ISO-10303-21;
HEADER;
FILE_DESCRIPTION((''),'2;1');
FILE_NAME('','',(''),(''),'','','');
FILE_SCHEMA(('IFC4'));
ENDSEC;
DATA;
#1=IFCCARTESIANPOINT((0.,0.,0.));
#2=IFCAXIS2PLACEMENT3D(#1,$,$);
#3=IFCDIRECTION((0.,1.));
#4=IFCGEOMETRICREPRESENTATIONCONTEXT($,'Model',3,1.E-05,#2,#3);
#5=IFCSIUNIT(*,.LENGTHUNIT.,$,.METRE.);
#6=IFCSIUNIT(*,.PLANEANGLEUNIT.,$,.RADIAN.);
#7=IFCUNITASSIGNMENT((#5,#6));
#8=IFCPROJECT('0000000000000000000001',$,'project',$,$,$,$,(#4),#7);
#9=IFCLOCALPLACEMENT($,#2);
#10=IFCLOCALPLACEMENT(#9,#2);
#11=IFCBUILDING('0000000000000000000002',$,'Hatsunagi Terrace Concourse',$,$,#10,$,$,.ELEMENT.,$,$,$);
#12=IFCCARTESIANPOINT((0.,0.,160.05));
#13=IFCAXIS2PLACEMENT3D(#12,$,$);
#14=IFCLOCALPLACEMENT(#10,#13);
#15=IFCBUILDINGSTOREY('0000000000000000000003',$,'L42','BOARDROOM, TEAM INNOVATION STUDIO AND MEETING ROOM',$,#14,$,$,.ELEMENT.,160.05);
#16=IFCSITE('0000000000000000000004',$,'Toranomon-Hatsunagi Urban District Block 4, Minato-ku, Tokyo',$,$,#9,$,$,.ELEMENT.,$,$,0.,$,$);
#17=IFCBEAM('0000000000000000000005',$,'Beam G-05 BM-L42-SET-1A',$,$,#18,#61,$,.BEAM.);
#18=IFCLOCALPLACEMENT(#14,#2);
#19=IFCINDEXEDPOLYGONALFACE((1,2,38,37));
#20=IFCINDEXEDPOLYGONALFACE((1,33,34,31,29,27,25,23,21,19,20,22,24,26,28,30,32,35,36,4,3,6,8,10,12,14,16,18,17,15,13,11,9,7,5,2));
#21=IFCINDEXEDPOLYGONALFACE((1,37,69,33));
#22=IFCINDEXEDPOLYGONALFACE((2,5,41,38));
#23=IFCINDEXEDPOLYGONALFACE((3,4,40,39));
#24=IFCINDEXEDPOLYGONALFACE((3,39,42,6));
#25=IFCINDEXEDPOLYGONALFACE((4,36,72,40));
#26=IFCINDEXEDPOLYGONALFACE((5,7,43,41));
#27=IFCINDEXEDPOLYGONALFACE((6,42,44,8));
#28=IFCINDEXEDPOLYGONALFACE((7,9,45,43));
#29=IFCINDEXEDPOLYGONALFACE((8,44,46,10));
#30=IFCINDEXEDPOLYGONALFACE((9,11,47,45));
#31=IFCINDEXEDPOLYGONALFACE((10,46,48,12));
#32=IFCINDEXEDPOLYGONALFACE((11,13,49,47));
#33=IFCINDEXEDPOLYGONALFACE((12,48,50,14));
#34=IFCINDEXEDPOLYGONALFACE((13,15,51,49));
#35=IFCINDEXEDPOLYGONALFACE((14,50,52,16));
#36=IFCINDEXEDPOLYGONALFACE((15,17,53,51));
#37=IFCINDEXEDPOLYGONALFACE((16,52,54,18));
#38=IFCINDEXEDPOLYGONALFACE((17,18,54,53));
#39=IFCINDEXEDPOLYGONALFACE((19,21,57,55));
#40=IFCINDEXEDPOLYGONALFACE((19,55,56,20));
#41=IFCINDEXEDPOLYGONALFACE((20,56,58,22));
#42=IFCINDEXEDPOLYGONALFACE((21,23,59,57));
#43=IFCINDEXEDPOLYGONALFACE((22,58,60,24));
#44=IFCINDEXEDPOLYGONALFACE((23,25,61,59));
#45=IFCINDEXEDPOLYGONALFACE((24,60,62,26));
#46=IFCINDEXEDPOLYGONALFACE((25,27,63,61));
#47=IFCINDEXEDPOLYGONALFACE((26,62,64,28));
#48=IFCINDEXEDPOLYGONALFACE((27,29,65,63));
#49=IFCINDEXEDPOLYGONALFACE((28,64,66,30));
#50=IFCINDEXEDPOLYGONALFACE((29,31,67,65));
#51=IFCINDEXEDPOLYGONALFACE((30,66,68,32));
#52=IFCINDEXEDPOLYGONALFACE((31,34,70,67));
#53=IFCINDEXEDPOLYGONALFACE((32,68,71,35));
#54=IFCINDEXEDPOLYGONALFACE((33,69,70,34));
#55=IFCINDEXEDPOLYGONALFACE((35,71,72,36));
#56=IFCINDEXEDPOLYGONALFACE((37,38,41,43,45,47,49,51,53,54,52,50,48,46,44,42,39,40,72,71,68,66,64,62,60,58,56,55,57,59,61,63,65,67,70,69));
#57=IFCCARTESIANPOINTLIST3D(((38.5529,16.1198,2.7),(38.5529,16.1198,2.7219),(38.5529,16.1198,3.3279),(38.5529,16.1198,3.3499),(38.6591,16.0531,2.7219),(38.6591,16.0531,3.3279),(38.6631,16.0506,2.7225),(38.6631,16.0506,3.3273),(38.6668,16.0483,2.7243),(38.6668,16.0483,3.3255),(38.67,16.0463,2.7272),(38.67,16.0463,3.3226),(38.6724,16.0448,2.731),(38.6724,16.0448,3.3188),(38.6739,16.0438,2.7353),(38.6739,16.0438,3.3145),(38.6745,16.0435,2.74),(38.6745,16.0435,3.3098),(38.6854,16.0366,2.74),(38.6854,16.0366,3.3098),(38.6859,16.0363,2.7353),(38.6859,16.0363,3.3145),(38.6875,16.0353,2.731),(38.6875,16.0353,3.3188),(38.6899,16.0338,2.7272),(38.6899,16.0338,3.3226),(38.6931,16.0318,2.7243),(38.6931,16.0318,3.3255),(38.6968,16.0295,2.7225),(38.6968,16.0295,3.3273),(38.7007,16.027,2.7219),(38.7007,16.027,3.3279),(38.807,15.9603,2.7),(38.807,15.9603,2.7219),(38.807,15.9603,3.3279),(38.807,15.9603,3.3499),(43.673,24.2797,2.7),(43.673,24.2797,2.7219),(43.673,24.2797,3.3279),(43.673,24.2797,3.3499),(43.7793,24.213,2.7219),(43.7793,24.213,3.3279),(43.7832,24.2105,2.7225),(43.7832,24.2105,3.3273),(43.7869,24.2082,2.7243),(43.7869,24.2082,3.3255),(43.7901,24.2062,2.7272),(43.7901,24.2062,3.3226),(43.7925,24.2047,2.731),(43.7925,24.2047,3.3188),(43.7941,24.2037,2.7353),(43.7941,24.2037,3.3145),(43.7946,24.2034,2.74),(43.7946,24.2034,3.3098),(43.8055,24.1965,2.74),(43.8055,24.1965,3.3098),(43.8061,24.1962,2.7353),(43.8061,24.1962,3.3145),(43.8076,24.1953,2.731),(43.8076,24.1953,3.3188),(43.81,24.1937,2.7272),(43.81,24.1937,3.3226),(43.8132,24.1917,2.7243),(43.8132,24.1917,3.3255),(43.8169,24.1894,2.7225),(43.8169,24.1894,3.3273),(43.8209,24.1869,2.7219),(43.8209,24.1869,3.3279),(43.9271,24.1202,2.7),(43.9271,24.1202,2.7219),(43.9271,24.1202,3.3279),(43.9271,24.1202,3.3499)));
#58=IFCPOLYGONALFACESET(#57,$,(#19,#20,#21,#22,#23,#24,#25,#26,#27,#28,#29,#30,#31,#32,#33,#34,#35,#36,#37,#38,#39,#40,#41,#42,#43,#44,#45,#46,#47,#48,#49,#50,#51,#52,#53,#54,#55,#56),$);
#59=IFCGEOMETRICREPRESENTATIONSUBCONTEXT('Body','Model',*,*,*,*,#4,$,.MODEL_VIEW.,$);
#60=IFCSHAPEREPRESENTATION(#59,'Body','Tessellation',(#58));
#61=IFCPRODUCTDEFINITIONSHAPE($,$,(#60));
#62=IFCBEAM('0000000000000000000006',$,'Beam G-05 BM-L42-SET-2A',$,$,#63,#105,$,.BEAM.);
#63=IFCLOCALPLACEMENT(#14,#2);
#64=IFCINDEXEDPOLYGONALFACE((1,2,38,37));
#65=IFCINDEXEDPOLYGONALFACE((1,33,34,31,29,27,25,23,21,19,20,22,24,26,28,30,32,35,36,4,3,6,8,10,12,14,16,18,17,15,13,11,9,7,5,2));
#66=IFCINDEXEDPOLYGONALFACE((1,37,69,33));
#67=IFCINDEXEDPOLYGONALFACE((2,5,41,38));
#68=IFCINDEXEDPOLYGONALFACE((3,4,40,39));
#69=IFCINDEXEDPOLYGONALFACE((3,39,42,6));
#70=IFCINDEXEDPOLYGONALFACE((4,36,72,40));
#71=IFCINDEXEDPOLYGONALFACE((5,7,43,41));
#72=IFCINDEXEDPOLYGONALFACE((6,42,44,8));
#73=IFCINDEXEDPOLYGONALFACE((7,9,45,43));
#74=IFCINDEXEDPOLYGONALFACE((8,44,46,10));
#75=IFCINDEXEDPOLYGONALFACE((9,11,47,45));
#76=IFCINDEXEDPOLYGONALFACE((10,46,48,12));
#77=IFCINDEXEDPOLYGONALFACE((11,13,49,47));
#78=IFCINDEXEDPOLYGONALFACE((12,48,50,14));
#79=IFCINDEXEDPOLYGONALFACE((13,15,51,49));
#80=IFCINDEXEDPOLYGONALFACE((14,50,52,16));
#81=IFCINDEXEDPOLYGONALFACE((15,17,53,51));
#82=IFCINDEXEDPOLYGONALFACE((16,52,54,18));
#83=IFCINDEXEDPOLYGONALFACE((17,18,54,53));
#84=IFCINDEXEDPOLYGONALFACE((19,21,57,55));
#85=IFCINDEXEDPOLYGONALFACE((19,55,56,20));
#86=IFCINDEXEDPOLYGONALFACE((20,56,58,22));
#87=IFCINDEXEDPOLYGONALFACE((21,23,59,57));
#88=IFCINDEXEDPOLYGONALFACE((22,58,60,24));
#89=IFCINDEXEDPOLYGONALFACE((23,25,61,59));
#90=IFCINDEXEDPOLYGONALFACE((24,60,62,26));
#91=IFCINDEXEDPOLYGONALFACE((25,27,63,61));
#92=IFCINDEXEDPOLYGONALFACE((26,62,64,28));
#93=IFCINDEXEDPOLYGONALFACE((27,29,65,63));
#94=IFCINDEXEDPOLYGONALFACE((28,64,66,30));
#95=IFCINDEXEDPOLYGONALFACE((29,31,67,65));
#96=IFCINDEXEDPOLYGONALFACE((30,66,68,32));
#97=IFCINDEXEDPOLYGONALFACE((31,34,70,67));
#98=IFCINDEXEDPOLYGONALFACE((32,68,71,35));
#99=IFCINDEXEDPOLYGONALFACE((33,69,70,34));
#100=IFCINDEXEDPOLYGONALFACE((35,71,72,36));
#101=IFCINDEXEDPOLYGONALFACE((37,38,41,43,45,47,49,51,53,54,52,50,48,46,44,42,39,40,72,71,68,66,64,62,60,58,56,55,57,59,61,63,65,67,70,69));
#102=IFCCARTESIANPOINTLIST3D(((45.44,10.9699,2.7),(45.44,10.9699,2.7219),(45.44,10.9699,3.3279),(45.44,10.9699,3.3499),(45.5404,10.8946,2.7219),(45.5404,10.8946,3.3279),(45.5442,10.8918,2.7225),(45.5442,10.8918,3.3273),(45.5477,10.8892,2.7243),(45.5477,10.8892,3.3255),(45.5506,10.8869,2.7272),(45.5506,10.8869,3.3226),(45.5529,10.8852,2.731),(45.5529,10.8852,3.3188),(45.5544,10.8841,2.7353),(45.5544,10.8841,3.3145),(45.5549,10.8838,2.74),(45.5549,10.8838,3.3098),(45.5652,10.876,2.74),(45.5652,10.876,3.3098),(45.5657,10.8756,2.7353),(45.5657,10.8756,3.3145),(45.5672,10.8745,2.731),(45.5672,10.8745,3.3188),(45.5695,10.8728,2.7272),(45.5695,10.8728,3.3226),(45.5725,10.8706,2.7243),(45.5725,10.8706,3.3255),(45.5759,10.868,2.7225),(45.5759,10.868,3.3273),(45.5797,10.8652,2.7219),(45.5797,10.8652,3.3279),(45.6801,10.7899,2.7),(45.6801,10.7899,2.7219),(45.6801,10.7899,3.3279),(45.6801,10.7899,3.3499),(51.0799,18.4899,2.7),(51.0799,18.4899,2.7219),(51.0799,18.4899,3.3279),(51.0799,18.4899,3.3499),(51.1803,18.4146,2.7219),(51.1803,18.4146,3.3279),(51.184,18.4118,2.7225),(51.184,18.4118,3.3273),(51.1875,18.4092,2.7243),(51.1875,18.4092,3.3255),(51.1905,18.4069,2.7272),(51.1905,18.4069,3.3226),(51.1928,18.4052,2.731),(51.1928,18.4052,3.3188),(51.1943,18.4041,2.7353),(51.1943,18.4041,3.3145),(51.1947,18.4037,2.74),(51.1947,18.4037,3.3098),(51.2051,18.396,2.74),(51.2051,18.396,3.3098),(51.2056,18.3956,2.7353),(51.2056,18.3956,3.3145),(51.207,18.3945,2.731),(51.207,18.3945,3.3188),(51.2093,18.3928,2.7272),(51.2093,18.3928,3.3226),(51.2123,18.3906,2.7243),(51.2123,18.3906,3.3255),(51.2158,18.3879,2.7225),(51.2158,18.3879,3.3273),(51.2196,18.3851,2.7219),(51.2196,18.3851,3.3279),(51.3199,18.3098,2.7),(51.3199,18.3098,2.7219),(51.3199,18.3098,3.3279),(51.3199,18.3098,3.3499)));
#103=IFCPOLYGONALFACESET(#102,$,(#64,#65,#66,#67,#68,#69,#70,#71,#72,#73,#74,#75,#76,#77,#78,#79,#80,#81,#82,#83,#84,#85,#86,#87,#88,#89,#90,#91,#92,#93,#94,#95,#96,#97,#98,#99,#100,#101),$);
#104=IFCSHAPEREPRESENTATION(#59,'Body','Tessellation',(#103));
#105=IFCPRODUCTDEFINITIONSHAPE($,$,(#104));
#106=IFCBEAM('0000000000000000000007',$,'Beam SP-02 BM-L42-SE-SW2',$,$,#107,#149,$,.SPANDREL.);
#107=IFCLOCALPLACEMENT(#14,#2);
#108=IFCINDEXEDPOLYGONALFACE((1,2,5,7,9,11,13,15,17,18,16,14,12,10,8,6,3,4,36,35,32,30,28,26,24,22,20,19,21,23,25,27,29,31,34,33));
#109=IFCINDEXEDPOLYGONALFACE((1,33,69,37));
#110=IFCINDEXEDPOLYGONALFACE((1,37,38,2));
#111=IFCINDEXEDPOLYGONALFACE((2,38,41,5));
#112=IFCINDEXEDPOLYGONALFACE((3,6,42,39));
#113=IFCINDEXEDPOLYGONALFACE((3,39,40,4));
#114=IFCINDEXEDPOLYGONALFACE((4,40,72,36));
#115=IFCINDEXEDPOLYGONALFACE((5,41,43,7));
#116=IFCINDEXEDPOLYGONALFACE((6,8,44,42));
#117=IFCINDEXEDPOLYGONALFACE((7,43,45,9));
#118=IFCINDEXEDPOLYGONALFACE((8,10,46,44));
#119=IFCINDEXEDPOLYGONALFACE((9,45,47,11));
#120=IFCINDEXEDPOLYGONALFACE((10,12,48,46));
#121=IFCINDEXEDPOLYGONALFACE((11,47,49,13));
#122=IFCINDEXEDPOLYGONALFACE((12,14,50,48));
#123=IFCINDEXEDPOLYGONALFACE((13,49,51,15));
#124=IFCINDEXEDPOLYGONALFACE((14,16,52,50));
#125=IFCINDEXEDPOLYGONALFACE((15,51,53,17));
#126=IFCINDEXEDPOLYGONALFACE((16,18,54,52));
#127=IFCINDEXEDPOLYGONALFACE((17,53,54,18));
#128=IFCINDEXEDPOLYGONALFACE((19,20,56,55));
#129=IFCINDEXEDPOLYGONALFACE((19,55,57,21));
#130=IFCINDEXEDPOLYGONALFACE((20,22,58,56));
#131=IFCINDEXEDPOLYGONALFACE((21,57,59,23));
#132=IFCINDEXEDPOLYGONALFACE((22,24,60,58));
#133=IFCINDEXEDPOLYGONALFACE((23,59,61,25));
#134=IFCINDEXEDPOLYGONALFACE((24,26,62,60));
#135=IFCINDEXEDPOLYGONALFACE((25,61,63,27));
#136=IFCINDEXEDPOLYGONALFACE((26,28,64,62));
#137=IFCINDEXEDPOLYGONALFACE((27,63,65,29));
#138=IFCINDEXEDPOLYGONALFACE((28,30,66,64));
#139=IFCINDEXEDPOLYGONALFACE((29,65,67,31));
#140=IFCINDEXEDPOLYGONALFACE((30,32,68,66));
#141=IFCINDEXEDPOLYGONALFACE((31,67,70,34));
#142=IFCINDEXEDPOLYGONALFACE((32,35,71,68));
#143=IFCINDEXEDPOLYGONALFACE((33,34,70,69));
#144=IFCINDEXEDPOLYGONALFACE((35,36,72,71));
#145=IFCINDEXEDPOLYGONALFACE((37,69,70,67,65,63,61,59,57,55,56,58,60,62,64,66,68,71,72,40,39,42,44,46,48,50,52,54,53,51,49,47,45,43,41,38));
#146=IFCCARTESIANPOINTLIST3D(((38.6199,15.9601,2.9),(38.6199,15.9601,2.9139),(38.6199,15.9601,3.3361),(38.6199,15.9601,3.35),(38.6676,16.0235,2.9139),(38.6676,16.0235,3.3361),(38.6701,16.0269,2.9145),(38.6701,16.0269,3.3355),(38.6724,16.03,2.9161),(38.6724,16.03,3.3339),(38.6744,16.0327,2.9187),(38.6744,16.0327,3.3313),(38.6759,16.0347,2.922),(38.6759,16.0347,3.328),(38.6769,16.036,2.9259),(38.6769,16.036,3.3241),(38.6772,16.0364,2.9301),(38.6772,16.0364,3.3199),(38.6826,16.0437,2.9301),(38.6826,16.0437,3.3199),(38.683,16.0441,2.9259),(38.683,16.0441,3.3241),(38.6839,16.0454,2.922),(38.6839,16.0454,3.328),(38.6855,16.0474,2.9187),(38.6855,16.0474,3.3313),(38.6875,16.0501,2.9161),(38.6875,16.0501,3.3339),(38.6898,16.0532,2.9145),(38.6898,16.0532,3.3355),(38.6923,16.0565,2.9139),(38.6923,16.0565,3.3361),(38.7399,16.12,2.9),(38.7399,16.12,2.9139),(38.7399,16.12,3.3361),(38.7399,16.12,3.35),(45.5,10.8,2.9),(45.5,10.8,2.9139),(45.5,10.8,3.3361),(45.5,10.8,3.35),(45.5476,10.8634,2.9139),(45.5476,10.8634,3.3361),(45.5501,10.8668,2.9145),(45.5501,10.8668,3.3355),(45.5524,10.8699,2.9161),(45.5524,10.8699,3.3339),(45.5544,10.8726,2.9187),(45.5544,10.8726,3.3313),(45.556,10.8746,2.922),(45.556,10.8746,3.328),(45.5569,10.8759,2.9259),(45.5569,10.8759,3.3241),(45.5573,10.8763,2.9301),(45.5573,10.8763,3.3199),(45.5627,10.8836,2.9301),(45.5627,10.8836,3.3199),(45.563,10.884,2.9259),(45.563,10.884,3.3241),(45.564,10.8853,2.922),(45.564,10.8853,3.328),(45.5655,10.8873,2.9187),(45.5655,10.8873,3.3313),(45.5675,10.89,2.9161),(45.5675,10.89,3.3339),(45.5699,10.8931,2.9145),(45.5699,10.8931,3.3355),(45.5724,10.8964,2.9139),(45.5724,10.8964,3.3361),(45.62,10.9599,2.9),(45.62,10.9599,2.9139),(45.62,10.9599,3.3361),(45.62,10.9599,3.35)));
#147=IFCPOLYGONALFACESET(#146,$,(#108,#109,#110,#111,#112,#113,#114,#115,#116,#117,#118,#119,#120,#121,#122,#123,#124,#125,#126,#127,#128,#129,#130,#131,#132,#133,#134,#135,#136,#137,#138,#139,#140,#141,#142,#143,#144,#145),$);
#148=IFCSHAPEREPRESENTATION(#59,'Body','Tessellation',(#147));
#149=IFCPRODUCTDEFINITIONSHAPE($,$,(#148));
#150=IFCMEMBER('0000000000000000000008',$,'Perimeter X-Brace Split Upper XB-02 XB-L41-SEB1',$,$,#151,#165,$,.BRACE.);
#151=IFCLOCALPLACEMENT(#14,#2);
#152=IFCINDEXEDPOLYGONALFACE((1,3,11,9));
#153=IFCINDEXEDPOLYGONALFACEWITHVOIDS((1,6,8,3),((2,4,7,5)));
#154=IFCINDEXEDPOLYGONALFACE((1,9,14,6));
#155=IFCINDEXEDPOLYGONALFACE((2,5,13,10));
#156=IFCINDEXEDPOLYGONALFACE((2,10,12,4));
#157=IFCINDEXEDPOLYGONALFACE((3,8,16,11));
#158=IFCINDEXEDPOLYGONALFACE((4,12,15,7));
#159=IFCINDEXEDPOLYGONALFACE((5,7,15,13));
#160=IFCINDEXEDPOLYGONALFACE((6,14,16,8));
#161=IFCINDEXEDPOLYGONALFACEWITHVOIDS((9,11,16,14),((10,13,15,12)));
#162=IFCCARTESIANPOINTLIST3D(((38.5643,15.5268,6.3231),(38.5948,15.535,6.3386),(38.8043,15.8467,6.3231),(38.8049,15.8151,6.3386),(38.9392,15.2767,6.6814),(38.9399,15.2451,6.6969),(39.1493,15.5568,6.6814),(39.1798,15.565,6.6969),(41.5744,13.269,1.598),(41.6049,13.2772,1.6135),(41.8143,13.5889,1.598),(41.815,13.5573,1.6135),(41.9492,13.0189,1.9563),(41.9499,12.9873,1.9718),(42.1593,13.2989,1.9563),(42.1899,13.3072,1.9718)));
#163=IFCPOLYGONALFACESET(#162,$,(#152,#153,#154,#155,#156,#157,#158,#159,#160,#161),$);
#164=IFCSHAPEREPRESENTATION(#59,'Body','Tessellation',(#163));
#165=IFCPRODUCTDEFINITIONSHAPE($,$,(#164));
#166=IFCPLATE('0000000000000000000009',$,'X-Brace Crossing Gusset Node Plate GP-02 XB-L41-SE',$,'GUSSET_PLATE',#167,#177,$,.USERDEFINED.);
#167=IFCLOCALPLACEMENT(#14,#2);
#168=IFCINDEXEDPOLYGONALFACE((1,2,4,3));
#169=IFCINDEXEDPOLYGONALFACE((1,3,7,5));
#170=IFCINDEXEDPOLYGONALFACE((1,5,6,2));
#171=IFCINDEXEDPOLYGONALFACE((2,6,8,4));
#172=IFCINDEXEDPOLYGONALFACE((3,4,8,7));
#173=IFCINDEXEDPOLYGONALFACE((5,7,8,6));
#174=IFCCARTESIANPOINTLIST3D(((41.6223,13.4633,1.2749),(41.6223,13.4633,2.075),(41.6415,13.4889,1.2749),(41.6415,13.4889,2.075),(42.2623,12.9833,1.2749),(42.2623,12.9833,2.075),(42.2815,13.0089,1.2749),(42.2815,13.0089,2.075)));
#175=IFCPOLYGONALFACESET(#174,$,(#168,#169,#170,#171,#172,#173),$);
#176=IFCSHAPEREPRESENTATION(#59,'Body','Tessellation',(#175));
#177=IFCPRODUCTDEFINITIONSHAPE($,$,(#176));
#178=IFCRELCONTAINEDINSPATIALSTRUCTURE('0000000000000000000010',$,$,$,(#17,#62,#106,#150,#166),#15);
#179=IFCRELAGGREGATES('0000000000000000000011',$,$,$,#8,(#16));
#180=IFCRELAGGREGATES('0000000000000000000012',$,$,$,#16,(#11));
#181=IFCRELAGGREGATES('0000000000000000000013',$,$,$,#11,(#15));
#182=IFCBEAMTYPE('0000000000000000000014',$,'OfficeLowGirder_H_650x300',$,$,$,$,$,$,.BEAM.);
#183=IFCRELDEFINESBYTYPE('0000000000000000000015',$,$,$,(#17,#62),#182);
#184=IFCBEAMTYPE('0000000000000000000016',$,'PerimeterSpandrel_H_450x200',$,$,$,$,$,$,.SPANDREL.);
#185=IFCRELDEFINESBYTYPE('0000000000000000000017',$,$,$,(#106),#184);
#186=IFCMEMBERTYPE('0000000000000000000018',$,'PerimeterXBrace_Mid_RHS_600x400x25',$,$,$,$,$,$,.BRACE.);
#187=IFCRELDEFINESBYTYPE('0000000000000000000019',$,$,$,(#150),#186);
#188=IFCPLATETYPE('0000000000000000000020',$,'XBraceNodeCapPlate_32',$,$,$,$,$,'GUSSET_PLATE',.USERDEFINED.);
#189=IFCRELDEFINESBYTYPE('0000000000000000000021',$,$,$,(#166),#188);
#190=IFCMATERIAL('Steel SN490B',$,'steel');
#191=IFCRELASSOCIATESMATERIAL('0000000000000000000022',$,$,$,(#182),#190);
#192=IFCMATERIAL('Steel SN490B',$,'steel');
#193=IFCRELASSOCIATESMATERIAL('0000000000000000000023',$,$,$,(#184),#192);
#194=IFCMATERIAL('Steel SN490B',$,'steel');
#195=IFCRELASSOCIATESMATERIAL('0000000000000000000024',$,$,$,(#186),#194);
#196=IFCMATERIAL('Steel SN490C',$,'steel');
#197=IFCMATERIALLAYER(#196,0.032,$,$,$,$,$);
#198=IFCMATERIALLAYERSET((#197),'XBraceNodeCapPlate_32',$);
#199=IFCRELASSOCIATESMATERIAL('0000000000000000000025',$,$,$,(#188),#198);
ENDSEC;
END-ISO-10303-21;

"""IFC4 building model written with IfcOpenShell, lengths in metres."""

from ifc_helpers import new_model, si_unit, direction, frame, origin, origin_2d, place, context, subcontext, project, spatial, rectangle, hollow_rectangle, i_section, extrude, material, layer, layer_set, material_profile, profile_set, type_object, element, save


model = new_model("IFC4")

# Units and contexts
model_context = context("Model", 3, precision=1e-05, world=origin(), true_north=direction((0.0, 1.0)))
body_context = subcontext(model_context, "Body", "Model", "MODEL_VIEW")
ifc_project = project(units=[si_unit("LENGTHUNIT", "METRE"), si_unit("PLANEANGLEUNIT", "RADIAN")], contexts=[model_context])

# Site, building, storey
site_placement = place(None, origin())
site = spatial("IfcSite", under=ifc_project, at=site_placement, Name="Toranomon-Hatsunagi Urban District Block 4, Minato-ku, Tokyo", CompositionType="ELEMENT", RefElevation=0.0)
building_placement = place(site_placement, origin())
building = spatial("IfcBuilding", under=site, at=building_placement, Name="Hatsunagi Terrace Concourse", CompositionType="ELEMENT")
storey_placement = place(building_placement, frame((0.0, 0.0, 160.05)))
storey = spatial("IfcBuildingStorey", under=building, at=storey_placement, Name="L42", Description="BOARDROOM, TEAM INNOVATION STUDIO AND MEETING ROOM", CompositionType="ELEMENT", Elevation=160.05)

# Beams
ifc_material_1 = material(Name="Steel SN490B", Category="steel")
ifc_material_profile_1 = material_profile(ifc_material_1, i_section(OverallWidth=0.3, OverallDepth=0.6499, WebThickness=0.0129, FlangeThickness=0.022, FilletRadius=0.0181, at=origin_2d()), Name="H-650x300x13x22")
ifc_profile_set_1 = profile_set([ifc_material_profile_1], Name="Steel SN490B")
beam_type_1 = type_object("IfcBeamType", Name="OfficeLowGirder_H_650x300", PredefinedType="BEAM", material=ifc_profile_set_1)
beam_1_placement = place(storey_placement, frame((38.6799, 16.04, 3.0249), z_axis=(0.531504, 0.847056, 0.0), x_axis=(-0.847056, 0.531504, 0.0)))
element("IfcBeam", 1, at=beam_1_placement, inside=storey, type_object=beam_type_1, Name="Beam G-05 BM-L42-SET-1A", PredefinedType="BEAM", context=body_context, shape_type="SweptSolid", body=[
    extrude(i_section(OverallWidth=0.3, OverallDepth=0.6499, WebThickness=0.0129, FlangeThickness=0.022, FilletRadius=0.0181, at=origin_2d()), origin(), (0.0, 0.0, 1.0), 9.6333),
])
beam_2_placement = place(storey_placement, frame((45.5601, 10.8799, 3.0249), z_axis=(0.599992, 0.800006, 0.0), x_axis=(-0.800006, 0.599992, 0.0)))
element("IfcBeam", 2, at=beam_2_placement, inside=storey, type_object=beam_type_1, Name="Beam G-05 BM-L42-SET-2A", PredefinedType="BEAM", context=body_context, shape_type="SweptSolid", body=[
    extrude(i_section(OverallWidth=0.3, OverallDepth=0.6499, WebThickness=0.0129, FlangeThickness=0.022, FilletRadius=0.0181, at=origin_2d()), origin(), (0.0, 0.0, 1.0), 9.3999),
])
ifc_material_2 = material(Name="Steel SN490B", Category="steel")
ifc_material_profile_2 = material_profile(ifc_material_2, i_section(OverallWidth=0.2, OverallDepth=0.45, WebThickness=0.009, FlangeThickness=0.0139, FilletRadius=0.0161, at=origin_2d()), Name="H-450x200x9x14")
ifc_profile_set_2 = profile_set([ifc_material_profile_2], Name="Steel SN490B")
beam_type_2 = type_object("IfcBeamType", Name="PerimeterSpandrel_H_450x200", PredefinedType="SPANDREL", material=ifc_profile_set_2)
beam_3_placement = place(storey_placement, frame((38.6799, 16.04, 3.125), z_axis=(0.799997, -0.600005, 0.0), x_axis=(0.600005, 0.799997, 0.0)))
element("IfcBeam", 3, at=beam_3_placement, inside=storey, type_object=beam_type_2, Name="Beam SP-02 BM-L42-SE-SW2", PredefinedType="SPANDREL", context=body_context, shape_type="SweptSolid", body=[
    extrude(i_section(OverallWidth=0.2, OverallDepth=0.45, WebThickness=0.009, FlangeThickness=0.0139, FilletRadius=0.0161, at=origin_2d()), origin(), (0.0, 0.0, 1.0), 8.6001),
])

# Member
ifc_material_3 = material(Name="Steel SN490B", Category="steel")
ifc_material_profile_3 = material_profile(ifc_material_3, hollow_rectangle(XDim=0.3999, YDim=0.6001, WallThickness=0.0249, at=origin_2d()), Name="RHS-600x400x25")
ifc_profile_set_3 = profile_set([ifc_material_profile_3], Name="Steel SN490B")
member_type_1 = type_object("IfcMemberType", Name="PerimeterXBrace_Mid_RHS_600x400x25", PredefinedType="BRACE", material=ifc_profile_set_3)
member_1_placement = place(storey_placement, frame((38.8721, 15.5459, 6.51), z_axis=(0.498327, -0.373796, -0.782271), x_axis=(0.600052, 0.799961, 0.0)))
element("IfcMember", 4, at=member_1_placement, inside=storey, type_object=member_type_1, Name="Perimeter X-Brace Split Upper XB-02 XB-L41-SEB1", PredefinedType="BRACE", context=body_context, shape_type="SweptSolid", body=[
    extrude(hollow_rectangle(XDim=0.3999, YDim=0.6001, WallThickness=0.0249, at=origin_2d()), origin(), (0.0, 0.0, 1.0), 6.0403),
])

# Plate
ifc_material_4 = material(Name="Steel SN490C", Category="steel")
ifc_layer_1 = layer(ifc_material_4, 0.032)
ifc_layer_set_1 = layer_set([ifc_layer_1], Name="XBraceNodeCapPlate_32")
plate_type = type_object("IfcPlateType", Name="XBraceNodeCapPlate_32", ElementType="GUSSET_PLATE", PredefinedType="USERDEFINED", material=ifc_layer_set_1)
plate_placement = place(storey_placement, frame((41.9519, 13.2361, 1.2749), z_axis=(0.0, 0.0, 1.0), x_axis=(0.8, -0.6, 0.0)))
element("IfcPlate", 5, at=plate_placement, inside=storey, type_object=plate_type, Name="X-Brace Crossing Gusset Node Plate GP-02 XB-L41-SE", ObjectType="GUSSET_PLATE", PredefinedType="USERDEFINED", context=body_context, shape_type="SweptSolid", body=[
    extrude(rectangle(XDim=0.8, YDim=0.032, at=origin_2d()), origin(), (0.0, 0.0, 1.0), 0.8),
])

save(model, "model.ifc")
